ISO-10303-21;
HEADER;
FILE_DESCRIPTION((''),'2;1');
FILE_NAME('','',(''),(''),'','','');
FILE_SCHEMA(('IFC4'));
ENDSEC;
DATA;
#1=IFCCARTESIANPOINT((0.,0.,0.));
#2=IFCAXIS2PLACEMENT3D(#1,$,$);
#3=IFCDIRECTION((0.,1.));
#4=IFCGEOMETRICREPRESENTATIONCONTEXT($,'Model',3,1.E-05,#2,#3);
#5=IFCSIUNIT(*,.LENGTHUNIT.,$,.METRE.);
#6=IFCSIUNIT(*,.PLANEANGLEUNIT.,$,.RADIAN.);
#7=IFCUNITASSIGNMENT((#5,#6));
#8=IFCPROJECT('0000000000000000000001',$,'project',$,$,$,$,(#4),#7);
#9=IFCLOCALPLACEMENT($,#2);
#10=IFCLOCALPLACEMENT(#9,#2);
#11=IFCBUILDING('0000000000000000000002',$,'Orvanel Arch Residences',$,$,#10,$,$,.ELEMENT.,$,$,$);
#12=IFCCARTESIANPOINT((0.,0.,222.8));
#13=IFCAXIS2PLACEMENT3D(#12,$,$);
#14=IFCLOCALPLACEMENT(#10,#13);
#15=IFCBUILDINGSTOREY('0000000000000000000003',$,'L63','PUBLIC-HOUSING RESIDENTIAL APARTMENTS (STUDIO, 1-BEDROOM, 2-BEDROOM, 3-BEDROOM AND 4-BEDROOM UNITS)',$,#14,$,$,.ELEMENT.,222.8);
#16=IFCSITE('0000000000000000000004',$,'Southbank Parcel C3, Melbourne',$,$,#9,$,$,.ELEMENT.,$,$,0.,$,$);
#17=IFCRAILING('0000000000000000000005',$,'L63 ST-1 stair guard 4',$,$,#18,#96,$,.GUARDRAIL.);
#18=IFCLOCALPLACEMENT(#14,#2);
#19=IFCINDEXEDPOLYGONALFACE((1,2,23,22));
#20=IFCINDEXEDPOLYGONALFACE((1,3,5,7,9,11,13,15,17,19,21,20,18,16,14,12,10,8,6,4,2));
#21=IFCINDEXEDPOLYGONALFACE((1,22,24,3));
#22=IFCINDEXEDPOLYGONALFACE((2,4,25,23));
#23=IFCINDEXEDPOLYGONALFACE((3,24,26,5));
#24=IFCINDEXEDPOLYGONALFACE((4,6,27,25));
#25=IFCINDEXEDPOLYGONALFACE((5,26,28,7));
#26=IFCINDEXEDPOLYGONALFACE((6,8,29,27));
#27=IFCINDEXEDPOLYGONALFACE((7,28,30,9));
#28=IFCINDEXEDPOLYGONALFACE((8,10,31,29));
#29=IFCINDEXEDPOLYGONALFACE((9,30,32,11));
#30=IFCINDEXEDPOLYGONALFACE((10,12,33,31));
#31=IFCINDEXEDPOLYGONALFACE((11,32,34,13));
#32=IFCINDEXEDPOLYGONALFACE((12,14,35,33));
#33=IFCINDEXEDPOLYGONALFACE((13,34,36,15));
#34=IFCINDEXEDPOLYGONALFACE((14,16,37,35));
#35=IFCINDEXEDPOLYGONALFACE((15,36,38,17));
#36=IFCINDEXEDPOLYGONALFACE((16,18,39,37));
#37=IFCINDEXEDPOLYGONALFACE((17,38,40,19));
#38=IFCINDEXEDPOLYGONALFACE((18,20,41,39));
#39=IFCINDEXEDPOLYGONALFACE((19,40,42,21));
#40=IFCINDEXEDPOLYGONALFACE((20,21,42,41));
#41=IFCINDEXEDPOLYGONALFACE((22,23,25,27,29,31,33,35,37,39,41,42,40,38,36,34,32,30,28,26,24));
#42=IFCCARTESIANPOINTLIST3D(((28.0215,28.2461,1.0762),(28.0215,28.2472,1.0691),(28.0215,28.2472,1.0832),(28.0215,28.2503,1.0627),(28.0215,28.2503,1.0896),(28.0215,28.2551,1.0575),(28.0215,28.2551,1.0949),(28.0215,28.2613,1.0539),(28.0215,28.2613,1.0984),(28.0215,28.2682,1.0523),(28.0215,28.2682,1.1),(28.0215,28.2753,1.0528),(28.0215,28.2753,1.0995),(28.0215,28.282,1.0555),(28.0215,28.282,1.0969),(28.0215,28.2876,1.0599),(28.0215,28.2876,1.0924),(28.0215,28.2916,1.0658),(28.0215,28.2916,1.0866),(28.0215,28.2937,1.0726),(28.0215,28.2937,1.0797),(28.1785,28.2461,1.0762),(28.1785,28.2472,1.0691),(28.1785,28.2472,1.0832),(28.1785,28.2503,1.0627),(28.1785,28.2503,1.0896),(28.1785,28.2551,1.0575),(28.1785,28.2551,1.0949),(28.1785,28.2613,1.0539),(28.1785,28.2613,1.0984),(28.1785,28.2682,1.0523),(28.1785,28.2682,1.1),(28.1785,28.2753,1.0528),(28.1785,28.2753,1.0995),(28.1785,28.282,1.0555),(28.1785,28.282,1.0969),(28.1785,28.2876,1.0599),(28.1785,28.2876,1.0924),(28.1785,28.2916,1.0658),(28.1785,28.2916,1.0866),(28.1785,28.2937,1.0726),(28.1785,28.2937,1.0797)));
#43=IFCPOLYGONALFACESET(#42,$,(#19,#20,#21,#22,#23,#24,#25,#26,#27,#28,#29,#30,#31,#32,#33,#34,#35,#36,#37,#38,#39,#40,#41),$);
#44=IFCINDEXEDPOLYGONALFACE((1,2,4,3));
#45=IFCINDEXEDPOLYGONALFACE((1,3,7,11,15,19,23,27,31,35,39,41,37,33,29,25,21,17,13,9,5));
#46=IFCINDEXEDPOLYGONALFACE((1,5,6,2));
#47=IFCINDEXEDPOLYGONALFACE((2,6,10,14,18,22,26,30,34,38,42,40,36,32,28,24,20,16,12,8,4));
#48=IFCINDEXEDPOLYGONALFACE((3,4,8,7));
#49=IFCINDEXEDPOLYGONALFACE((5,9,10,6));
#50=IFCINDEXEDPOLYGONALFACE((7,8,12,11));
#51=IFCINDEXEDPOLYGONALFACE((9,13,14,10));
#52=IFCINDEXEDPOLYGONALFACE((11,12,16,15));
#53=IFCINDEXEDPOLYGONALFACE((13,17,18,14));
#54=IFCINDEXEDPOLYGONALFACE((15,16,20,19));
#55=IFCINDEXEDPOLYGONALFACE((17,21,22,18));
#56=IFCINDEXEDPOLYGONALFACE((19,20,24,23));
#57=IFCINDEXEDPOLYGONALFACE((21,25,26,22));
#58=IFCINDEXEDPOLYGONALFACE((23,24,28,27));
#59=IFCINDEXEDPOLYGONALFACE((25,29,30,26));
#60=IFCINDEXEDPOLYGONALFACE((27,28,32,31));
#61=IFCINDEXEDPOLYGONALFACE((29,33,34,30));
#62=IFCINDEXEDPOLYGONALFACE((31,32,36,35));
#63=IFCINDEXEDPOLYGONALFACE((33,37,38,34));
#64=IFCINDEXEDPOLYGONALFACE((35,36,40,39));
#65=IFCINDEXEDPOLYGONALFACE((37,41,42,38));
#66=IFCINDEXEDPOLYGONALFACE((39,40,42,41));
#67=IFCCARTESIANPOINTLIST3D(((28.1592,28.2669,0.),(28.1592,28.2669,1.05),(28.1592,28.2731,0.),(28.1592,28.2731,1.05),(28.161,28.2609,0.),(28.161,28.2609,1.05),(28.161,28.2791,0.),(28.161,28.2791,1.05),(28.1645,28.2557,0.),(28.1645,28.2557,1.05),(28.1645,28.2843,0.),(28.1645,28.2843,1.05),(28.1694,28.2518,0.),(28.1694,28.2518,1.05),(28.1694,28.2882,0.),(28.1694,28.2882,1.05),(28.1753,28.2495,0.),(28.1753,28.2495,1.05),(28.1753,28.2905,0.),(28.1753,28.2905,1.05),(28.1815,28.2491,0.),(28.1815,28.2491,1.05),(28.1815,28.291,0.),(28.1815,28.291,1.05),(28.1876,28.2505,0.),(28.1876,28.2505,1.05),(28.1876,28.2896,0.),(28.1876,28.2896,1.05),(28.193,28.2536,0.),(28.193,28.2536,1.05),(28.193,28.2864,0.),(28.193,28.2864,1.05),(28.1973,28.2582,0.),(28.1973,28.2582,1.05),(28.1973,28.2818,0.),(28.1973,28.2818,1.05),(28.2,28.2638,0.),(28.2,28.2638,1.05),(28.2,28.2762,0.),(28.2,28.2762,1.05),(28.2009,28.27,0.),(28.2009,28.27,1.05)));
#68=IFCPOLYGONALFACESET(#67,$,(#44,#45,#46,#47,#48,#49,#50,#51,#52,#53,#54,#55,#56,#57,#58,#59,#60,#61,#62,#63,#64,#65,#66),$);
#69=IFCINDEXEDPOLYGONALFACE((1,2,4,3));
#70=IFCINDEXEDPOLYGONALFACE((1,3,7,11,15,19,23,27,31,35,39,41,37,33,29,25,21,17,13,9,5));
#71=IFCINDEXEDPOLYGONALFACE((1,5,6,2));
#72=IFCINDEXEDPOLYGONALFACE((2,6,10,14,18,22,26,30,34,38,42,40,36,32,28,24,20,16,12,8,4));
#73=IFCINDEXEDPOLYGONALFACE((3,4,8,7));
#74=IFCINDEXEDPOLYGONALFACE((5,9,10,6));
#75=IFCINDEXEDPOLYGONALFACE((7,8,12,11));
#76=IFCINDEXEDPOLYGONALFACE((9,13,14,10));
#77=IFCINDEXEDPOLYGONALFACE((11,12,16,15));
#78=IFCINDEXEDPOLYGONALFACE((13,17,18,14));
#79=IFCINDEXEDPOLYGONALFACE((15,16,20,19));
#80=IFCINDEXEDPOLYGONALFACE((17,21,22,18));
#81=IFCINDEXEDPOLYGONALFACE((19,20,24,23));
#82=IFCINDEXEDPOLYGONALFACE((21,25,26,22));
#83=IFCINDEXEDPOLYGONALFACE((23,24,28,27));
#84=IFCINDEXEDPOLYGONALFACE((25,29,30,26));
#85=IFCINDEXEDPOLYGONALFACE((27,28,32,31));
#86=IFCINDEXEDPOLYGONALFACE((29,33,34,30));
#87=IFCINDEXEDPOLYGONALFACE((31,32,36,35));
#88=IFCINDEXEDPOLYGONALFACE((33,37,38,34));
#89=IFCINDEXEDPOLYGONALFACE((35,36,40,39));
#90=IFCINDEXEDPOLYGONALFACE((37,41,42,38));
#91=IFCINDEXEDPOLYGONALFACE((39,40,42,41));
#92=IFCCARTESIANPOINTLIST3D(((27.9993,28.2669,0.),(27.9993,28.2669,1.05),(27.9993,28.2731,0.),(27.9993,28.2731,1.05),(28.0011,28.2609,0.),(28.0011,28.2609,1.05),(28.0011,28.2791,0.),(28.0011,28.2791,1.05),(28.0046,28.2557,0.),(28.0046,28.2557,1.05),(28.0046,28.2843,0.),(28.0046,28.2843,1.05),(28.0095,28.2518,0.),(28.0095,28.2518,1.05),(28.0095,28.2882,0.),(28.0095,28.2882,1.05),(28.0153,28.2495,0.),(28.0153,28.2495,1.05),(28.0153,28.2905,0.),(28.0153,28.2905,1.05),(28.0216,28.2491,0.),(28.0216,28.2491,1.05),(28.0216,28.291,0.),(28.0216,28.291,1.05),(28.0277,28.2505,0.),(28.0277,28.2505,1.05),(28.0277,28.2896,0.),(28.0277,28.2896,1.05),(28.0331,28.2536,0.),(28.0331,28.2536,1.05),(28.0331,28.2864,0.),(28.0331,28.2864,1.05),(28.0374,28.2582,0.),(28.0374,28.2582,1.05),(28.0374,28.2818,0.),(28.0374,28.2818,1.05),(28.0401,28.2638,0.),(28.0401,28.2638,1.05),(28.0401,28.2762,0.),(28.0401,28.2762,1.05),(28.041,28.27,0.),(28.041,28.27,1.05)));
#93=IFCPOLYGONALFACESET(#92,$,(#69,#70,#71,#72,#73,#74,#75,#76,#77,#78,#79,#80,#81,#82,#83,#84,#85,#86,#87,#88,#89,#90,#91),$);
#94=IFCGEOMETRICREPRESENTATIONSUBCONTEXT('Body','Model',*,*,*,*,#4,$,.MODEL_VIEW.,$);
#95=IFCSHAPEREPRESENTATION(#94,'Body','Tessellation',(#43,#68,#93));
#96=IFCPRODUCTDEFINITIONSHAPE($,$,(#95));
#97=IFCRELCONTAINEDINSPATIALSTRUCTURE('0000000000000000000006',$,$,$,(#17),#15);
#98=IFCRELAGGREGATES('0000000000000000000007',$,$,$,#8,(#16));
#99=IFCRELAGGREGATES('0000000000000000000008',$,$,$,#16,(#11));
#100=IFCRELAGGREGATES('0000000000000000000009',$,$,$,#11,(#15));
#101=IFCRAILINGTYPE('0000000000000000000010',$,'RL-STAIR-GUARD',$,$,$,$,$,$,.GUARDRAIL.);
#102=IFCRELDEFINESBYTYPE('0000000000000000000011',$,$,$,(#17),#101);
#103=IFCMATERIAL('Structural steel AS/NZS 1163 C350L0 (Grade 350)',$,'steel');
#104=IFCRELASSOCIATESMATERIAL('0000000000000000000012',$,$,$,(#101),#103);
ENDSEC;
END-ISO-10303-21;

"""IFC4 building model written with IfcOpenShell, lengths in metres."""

from ifc_helpers import new_model, si_unit, direction, frame, origin, origin_2d, place, context, subcontext, project, spatial, circle, extrude, material, type_object, element, save


model = new_model("IFC4")

# Units and contexts
model_context = context("Model", 3, precision=1e-05, world=origin(), true_north=direction((0.0, 1.0)))
body_context = subcontext(model_context, "Body", "Model", "MODEL_VIEW")
ifc_project = project(units=[si_unit("LENGTHUNIT", "METRE"), si_unit("PLANEANGLEUNIT", "RADIAN")], contexts=[model_context])

# Site, building, storey
site_placement = place(None, origin())
site = spatial("IfcSite", under=ifc_project, at=site_placement, Name="Southbank Parcel C3, Melbourne", CompositionType="ELEMENT", RefElevation=0.0)
building_placement = place(site_placement, origin())
building = spatial("IfcBuilding", under=site, at=building_placement, Name="Orvanel Arch Residences", CompositionType="ELEMENT")
storey_placement = place(building_placement, frame((0.0, 0.0, 222.8)))
storey = spatial("IfcBuildingStorey", under=building, at=storey_placement, Name="L63", Description="PUBLIC-HOUSING RESIDENTIAL APARTMENTS (STUDIO, 1-BEDROOM, 2-BEDROOM, 3-BEDROOM AND 4-BEDROOM UNITS)", CompositionType="ELEMENT", Elevation=222.8)

# Railing
ifc_material_1 = material(Name="Structural steel AS/NZS 1163 C350L0 (Grade 350)", Category="steel")
railing_type_1 = type_object("IfcRailingType", Name="RL-STAIR-GUARD", PredefinedType="GUARDRAIL", material=ifc_material_1)
railing_1_placement = place(storey_placement, frame((28.1799, 28.27, 0.0)))
element("IfcRailing", 1, at=railing_1_placement, inside=storey, type_object=railing_type_1, Name="L63 ST-1 stair guard 4", PredefinedType="GUARDRAIL", context=body_context, shape_type="SweptSolid", body=[
    extrude(circle(Radius=0.0239, at=origin_2d()), frame((-0.0015, 0.0, 1.0762), z_axis=(-1.0, 0.0, 0.0), x_axis=(0.0, -1.0, 0.0)), (0.0, 0.0, 1.0), 0.157),
    extrude(circle(Radius=0.021, at=origin_2d()), origin(), (0.0, 0.0, 1.0), 1.05),
    extrude(circle(Radius=0.021, at=origin_2d()), frame((-0.1599, 0.0, 0.0)), (0.0, 0.0, 1.0), 1.05),
])

save(model, "model.ifc")
